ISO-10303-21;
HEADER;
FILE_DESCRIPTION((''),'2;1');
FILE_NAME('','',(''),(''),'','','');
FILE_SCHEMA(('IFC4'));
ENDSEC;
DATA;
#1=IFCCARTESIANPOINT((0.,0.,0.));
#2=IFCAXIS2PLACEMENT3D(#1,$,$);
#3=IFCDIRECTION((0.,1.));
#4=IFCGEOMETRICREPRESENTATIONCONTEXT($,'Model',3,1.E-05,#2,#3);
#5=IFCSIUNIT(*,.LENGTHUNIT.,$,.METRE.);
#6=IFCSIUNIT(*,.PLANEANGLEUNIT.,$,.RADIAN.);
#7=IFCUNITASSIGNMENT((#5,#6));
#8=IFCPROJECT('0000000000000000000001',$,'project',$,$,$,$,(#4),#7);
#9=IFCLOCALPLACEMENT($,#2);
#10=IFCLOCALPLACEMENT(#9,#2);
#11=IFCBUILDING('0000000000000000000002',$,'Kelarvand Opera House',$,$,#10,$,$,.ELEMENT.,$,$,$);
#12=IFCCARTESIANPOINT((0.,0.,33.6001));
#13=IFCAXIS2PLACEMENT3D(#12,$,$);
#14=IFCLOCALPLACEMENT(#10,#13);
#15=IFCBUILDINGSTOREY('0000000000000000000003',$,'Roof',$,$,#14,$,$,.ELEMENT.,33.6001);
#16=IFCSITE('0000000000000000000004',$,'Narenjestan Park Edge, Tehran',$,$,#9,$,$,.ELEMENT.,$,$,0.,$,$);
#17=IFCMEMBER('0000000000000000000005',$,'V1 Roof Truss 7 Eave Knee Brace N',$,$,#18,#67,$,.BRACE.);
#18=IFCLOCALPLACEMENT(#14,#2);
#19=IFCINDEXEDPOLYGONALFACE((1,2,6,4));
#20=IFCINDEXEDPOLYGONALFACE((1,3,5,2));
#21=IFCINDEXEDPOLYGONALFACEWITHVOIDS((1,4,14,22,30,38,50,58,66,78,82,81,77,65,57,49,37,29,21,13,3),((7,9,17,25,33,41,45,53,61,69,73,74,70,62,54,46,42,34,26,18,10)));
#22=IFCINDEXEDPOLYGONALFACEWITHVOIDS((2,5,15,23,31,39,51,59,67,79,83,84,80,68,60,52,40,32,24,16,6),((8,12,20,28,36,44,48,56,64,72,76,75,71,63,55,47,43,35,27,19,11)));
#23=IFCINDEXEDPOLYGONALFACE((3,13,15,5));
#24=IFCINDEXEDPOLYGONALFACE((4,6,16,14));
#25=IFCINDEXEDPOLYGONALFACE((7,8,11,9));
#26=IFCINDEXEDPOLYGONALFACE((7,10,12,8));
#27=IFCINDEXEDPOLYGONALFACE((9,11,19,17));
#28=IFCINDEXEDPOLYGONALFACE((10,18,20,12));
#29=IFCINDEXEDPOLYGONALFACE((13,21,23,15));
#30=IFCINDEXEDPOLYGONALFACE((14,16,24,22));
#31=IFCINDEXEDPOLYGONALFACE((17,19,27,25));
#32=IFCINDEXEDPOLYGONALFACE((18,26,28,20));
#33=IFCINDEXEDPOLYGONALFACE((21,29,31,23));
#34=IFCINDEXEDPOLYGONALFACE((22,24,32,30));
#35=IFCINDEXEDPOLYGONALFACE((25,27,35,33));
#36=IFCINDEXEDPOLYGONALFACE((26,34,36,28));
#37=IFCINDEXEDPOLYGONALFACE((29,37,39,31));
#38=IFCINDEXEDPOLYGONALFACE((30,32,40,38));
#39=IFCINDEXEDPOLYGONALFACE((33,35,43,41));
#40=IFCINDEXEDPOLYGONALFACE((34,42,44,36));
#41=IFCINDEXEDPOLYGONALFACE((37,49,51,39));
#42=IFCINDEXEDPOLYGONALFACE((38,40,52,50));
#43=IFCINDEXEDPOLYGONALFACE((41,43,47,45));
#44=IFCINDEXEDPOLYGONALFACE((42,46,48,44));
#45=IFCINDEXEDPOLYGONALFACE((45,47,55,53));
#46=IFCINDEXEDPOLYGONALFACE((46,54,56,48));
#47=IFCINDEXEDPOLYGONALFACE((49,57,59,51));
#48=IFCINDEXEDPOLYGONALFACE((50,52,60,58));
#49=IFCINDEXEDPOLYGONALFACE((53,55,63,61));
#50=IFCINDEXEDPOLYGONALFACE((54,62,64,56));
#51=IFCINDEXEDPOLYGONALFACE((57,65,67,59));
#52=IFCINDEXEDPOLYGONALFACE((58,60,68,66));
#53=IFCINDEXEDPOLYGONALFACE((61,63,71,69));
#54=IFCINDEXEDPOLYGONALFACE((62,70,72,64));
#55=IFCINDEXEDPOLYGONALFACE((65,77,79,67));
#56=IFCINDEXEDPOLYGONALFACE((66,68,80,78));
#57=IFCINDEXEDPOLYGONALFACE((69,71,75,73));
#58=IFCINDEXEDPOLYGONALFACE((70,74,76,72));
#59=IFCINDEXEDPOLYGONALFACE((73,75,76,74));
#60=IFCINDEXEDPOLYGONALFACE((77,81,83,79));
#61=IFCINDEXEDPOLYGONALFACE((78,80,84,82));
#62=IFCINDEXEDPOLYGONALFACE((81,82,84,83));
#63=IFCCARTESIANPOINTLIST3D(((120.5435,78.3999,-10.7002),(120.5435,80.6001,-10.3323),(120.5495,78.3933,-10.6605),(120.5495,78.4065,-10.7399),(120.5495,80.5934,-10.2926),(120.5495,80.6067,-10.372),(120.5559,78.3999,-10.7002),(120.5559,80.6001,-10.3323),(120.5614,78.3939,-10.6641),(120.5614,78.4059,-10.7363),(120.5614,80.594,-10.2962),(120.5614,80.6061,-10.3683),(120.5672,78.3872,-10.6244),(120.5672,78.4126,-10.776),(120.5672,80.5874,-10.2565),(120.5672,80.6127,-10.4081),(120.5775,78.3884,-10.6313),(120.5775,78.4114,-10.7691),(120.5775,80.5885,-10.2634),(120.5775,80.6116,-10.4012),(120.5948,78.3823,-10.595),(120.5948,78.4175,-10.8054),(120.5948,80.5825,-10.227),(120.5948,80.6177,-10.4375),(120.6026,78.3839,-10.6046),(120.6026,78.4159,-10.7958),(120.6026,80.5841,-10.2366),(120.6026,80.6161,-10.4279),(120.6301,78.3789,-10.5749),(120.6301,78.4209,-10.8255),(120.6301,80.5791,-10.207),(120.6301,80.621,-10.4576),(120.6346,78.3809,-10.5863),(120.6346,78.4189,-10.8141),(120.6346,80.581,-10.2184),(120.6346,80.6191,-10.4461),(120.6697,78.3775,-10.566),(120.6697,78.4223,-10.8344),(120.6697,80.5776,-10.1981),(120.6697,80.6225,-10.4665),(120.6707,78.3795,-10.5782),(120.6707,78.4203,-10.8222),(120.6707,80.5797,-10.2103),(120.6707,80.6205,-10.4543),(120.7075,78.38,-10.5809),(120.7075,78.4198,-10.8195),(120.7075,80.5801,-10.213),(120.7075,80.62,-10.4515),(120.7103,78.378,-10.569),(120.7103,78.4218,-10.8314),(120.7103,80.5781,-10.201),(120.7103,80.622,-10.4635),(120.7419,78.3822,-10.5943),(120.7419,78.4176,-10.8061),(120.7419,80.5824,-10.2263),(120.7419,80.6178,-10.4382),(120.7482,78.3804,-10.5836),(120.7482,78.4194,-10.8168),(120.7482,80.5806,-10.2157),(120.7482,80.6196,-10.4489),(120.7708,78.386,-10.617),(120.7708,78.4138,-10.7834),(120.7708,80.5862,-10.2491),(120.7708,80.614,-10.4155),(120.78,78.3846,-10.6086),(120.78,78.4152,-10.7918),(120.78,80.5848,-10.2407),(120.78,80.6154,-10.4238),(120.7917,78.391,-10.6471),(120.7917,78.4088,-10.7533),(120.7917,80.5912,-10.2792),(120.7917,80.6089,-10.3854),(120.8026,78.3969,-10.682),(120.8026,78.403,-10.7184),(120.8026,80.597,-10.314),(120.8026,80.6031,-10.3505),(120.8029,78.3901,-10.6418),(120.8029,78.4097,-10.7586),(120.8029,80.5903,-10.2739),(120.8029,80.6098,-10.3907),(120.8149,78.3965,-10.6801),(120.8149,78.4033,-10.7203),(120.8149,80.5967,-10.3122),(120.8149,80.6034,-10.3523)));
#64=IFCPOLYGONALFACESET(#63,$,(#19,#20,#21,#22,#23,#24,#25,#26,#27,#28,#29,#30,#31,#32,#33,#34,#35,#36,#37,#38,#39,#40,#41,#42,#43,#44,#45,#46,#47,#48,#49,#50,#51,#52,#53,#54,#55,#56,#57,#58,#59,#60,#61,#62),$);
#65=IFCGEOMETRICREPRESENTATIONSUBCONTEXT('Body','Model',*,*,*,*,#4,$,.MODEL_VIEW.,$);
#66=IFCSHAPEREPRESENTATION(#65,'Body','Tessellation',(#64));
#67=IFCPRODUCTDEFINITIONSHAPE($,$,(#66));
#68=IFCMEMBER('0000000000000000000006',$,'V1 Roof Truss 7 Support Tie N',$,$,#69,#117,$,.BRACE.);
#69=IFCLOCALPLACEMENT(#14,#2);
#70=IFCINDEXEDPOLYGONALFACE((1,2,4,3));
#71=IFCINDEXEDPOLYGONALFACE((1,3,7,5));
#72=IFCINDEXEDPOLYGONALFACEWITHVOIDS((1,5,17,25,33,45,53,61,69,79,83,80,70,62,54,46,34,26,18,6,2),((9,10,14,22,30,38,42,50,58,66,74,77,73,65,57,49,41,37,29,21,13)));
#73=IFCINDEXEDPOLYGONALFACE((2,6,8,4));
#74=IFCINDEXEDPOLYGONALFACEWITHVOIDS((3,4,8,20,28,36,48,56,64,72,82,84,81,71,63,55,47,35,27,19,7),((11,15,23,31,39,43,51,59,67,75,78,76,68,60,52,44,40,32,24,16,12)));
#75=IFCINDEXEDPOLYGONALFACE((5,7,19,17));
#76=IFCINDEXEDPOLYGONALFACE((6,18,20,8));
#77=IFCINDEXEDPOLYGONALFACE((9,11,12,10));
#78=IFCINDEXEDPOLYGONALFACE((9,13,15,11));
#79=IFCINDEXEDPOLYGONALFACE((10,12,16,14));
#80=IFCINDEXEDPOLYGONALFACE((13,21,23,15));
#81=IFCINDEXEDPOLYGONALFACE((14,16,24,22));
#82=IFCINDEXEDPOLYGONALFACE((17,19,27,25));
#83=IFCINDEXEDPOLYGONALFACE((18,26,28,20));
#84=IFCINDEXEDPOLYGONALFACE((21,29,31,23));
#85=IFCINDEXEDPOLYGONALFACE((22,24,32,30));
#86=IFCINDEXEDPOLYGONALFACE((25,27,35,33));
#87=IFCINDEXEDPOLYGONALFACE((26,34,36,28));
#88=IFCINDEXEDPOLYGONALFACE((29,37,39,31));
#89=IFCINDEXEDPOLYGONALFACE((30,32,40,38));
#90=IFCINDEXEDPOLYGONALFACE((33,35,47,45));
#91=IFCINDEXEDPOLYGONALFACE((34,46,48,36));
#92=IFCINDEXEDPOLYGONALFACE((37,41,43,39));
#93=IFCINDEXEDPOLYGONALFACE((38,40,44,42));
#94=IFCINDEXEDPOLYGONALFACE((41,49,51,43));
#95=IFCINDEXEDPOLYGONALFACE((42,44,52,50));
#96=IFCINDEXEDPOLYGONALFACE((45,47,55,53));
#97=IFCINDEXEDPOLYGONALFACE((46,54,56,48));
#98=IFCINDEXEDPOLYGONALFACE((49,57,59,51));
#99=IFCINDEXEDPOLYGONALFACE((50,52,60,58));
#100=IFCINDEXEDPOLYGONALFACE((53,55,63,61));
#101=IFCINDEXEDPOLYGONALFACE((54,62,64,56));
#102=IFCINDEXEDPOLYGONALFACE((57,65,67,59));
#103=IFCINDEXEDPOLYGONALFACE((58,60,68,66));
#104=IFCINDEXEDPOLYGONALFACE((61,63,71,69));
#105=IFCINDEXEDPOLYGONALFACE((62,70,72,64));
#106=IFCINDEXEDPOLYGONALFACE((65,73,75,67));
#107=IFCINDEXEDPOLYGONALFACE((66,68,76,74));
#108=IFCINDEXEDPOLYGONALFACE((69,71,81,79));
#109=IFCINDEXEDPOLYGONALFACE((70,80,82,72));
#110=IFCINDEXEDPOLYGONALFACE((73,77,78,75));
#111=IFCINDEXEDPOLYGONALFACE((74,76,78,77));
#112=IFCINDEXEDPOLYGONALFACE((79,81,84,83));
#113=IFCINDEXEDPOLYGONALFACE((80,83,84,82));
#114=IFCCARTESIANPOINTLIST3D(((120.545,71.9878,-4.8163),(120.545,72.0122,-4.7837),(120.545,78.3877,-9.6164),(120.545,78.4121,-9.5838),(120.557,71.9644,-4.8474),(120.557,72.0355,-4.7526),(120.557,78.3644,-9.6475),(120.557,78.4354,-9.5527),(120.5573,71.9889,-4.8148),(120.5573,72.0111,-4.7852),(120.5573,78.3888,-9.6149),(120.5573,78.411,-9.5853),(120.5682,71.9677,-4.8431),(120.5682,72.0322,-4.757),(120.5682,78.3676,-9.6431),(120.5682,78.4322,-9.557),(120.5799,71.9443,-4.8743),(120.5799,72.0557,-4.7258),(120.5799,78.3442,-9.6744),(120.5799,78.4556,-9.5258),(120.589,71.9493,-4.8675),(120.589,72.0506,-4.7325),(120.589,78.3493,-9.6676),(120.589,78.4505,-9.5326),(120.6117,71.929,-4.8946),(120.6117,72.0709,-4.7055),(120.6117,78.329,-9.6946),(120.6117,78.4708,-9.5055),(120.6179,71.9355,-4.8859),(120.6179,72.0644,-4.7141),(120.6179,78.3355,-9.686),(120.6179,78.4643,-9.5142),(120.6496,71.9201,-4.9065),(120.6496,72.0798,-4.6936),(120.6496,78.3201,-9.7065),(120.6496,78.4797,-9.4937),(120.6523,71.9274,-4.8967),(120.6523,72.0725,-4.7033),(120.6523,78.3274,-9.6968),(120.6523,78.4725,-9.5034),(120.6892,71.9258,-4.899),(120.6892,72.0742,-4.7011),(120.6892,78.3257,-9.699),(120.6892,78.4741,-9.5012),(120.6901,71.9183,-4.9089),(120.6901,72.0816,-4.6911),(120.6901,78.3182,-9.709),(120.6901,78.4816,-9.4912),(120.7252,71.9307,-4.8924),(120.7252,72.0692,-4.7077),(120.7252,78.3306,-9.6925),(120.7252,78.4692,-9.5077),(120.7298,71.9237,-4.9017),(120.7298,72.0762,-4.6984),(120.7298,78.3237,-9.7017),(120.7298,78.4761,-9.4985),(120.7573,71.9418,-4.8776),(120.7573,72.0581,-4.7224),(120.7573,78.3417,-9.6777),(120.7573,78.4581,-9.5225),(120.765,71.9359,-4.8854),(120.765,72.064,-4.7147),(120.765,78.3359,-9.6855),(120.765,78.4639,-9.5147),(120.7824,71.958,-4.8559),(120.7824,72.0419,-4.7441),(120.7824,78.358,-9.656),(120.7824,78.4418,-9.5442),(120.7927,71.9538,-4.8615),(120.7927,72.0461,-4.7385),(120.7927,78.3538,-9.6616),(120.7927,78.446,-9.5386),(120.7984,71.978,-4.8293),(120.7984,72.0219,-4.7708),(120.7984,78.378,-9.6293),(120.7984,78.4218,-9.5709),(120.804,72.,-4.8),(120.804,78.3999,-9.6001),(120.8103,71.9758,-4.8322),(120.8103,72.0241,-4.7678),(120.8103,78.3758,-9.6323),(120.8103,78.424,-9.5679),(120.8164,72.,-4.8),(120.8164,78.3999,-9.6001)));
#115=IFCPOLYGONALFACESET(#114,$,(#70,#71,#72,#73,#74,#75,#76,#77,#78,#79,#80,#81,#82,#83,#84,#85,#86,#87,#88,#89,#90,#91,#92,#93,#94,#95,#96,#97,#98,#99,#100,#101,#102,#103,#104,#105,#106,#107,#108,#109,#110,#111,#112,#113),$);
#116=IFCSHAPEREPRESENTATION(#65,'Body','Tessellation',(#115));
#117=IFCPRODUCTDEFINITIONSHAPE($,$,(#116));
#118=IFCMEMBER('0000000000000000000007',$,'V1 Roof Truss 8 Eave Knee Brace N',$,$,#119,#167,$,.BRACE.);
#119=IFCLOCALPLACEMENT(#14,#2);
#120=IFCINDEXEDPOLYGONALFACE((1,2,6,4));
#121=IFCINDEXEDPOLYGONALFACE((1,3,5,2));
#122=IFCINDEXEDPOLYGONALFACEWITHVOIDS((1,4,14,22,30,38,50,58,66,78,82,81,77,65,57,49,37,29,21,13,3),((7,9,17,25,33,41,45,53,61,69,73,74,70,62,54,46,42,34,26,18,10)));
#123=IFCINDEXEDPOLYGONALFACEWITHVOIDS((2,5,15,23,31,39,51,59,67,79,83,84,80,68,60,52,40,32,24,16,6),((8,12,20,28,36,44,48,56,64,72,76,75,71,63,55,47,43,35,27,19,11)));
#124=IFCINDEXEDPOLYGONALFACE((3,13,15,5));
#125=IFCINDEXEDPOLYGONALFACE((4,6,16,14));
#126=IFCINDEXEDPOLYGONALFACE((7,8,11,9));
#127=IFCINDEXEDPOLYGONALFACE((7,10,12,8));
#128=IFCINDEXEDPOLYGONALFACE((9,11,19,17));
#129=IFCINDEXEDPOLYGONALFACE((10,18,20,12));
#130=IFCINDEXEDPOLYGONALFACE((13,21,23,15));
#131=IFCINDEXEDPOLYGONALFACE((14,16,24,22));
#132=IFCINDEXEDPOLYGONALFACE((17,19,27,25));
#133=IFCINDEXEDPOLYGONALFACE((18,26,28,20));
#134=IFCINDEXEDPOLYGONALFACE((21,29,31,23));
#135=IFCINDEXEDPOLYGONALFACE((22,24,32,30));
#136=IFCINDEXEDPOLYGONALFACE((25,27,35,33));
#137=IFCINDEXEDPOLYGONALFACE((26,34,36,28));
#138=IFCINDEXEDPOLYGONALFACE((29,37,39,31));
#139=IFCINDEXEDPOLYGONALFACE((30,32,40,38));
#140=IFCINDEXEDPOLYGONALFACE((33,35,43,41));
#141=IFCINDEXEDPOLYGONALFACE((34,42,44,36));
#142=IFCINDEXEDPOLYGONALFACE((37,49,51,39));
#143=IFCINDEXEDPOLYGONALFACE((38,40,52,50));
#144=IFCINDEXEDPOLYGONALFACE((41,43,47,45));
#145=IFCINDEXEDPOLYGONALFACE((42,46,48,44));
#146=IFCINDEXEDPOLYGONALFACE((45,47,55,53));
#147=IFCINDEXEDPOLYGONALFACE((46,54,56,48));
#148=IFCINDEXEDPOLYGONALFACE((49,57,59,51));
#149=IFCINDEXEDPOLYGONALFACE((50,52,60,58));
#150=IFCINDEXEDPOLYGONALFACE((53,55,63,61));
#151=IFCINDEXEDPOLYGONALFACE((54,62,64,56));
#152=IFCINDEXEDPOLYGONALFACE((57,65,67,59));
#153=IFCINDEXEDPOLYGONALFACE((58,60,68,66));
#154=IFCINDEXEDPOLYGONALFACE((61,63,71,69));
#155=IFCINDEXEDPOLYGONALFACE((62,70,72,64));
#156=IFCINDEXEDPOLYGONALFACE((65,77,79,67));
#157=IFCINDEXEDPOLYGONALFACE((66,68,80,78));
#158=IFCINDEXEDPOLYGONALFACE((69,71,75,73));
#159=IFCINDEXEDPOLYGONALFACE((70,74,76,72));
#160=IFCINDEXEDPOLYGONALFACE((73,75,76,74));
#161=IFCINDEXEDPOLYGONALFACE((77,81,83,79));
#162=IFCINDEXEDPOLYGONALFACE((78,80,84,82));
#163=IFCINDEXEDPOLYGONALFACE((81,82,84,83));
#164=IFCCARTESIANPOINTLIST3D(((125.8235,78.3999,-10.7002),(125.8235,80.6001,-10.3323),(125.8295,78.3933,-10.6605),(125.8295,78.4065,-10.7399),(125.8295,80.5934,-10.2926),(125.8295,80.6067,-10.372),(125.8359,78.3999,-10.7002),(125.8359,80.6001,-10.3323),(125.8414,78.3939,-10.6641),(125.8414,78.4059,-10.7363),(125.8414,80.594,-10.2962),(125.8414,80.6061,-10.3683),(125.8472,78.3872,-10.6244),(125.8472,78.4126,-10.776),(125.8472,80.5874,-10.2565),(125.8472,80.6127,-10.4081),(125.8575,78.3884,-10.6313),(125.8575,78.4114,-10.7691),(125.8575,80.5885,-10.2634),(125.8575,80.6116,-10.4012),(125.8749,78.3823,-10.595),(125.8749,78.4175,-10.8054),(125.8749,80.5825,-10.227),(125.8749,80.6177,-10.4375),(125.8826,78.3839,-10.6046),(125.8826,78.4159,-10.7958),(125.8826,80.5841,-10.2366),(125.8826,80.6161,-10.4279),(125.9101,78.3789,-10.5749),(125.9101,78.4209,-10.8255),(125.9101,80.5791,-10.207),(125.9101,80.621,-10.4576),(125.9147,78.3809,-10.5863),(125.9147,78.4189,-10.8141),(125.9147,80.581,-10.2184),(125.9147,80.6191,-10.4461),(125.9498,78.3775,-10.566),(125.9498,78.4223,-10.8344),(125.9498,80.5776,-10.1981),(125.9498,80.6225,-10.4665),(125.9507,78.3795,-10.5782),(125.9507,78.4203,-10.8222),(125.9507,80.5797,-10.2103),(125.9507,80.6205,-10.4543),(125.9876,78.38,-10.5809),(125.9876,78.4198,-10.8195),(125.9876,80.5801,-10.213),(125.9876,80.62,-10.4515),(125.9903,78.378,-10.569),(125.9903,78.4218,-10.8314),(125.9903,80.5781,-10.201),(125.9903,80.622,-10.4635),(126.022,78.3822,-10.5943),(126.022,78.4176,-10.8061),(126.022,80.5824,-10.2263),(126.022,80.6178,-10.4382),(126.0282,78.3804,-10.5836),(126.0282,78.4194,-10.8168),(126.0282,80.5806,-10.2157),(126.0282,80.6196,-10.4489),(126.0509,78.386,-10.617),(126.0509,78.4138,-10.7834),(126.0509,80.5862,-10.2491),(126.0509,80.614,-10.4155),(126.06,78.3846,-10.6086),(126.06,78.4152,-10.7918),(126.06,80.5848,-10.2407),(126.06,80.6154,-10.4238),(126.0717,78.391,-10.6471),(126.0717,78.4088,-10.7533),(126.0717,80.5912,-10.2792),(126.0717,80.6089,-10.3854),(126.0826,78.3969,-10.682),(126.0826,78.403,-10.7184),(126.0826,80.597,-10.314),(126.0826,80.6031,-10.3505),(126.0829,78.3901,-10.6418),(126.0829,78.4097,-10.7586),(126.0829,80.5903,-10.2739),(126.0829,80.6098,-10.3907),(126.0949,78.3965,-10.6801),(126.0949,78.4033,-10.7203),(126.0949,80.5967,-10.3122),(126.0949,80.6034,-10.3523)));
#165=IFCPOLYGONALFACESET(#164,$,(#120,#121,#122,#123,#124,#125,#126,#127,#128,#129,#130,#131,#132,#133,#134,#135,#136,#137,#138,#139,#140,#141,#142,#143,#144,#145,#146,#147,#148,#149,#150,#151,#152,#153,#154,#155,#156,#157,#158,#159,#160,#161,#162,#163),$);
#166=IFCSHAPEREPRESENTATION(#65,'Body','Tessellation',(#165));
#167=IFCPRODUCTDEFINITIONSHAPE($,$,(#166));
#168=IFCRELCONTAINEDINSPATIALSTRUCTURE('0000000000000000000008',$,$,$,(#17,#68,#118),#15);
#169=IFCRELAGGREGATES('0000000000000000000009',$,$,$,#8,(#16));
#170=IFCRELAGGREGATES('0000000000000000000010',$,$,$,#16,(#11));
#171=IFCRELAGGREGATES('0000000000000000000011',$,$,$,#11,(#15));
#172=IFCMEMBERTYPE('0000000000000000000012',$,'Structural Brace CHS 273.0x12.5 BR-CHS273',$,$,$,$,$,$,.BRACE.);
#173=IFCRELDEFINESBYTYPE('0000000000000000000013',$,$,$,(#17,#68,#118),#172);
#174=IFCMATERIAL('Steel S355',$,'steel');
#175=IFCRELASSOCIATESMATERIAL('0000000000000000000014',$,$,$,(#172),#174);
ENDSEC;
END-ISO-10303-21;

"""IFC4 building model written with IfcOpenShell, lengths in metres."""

from ifc_helpers import new_model, si_unit, direction, frame, origin, origin_2d, place, context, subcontext, project, spatial, hollow_circle, extrude, material, material_profile, profile_set, type_object, element, save


model = new_model("IFC4")

# Units and contexts
model_context = context("Model", 3, precision=1e-05, world=origin(), true_north=direction((0.0, 1.0)))
body_context = subcontext(model_context, "Body", "Model", "MODEL_VIEW")
ifc_project = project(units=[si_unit("LENGTHUNIT", "METRE"), si_unit("PLANEANGLEUNIT", "RADIAN")], contexts=[model_context])

# Site, building, storey
site_placement = place(None, origin())
site = spatial("IfcSite", under=ifc_project, at=site_placement, Name="Narenjestan Park Edge, Tehran", CompositionType="ELEMENT", RefElevation=0.0)
building_placement = place(site_placement, origin())
building = spatial("IfcBuilding", under=site, at=building_placement, Name="Kelarvand Opera House", CompositionType="ELEMENT")
storey_placement = place(building_placement, frame((0.0, 0.0, 33.6001)))
storey = spatial("IfcBuildingStorey", under=building, at=storey_placement, Name="Roof", CompositionType="ELEMENT", Elevation=33.6001)

# Members
ifc_material = material(Name="Steel S355", Category="steel")
ifc_material_profile_1 = material_profile(ifc_material, hollow_circle(Radius=0.1365, WallThickness=0.0125, at=origin_2d()), Name="CHS 273.0x12.5", Category="steel")
ifc_profile_set_1 = profile_set([ifc_material_profile_1], Name="Steel S355")
member_type_1 = type_object("IfcMemberType", Name="Structural Brace CHS 273.0x12.5 BR-CHS273", PredefinedType="BRACE", material=ifc_profile_set_1)
member_1_placement = place(storey_placement, frame((120.6799, 78.3999, -10.7002), z_axis=(0.0, 0.986305, 0.164931), x_axis=(-1.0, 0.0, 0.0)))
element("IfcMember", 1, at=member_1_placement, inside=storey, type_object=member_type_1, Name="V1 Roof Truss 7 Eave Knee Brace N", PredefinedType="BRACE", context=body_context, shape_type="SweptSolid", body=[
    extrude(hollow_circle(Radius=0.1365, WallThickness=0.0125, at=origin_2d()), origin(), (0.0, 0.0, 1.0), 2.2307),
])
member_2_placement = place(storey_placement, frame((120.6799, 78.3999, -9.6001), z_axis=(0.0, -0.799993, 0.60001), x_axis=(1.0, 0.0, 0.0)))
element("IfcMember", 2, at=member_2_placement, inside=storey, type_object=member_type_1, Name="V1 Roof Truss 7 Support Tie N", PredefinedType="BRACE", context=body_context, shape_type="SweptSolid", body=[
    extrude(hollow_circle(Radius=0.1365, WallThickness=0.0125, at=origin_2d()), origin(), (0.0, 0.0, 1.0), 8.0),
])
member_3_placement = place(storey_placement, frame((125.96, 78.3999, -10.7002), z_axis=(0.0, 0.986305, 0.164931), x_axis=(-1.0, 0.0, 0.0)))
element("IfcMember", 3, at=member_3_placement, inside=storey, type_object=member_type_1, Name="V1 Roof Truss 8 Eave Knee Brace N", PredefinedType="BRACE", context=body_context, shape_type="SweptSolid", body=[
    extrude(hollow_circle(Radius=0.1365, WallThickness=0.0125, at=origin_2d()), origin(), (0.0, 0.0, 1.0), 2.2307),
])

save(model, "model.ifc")
